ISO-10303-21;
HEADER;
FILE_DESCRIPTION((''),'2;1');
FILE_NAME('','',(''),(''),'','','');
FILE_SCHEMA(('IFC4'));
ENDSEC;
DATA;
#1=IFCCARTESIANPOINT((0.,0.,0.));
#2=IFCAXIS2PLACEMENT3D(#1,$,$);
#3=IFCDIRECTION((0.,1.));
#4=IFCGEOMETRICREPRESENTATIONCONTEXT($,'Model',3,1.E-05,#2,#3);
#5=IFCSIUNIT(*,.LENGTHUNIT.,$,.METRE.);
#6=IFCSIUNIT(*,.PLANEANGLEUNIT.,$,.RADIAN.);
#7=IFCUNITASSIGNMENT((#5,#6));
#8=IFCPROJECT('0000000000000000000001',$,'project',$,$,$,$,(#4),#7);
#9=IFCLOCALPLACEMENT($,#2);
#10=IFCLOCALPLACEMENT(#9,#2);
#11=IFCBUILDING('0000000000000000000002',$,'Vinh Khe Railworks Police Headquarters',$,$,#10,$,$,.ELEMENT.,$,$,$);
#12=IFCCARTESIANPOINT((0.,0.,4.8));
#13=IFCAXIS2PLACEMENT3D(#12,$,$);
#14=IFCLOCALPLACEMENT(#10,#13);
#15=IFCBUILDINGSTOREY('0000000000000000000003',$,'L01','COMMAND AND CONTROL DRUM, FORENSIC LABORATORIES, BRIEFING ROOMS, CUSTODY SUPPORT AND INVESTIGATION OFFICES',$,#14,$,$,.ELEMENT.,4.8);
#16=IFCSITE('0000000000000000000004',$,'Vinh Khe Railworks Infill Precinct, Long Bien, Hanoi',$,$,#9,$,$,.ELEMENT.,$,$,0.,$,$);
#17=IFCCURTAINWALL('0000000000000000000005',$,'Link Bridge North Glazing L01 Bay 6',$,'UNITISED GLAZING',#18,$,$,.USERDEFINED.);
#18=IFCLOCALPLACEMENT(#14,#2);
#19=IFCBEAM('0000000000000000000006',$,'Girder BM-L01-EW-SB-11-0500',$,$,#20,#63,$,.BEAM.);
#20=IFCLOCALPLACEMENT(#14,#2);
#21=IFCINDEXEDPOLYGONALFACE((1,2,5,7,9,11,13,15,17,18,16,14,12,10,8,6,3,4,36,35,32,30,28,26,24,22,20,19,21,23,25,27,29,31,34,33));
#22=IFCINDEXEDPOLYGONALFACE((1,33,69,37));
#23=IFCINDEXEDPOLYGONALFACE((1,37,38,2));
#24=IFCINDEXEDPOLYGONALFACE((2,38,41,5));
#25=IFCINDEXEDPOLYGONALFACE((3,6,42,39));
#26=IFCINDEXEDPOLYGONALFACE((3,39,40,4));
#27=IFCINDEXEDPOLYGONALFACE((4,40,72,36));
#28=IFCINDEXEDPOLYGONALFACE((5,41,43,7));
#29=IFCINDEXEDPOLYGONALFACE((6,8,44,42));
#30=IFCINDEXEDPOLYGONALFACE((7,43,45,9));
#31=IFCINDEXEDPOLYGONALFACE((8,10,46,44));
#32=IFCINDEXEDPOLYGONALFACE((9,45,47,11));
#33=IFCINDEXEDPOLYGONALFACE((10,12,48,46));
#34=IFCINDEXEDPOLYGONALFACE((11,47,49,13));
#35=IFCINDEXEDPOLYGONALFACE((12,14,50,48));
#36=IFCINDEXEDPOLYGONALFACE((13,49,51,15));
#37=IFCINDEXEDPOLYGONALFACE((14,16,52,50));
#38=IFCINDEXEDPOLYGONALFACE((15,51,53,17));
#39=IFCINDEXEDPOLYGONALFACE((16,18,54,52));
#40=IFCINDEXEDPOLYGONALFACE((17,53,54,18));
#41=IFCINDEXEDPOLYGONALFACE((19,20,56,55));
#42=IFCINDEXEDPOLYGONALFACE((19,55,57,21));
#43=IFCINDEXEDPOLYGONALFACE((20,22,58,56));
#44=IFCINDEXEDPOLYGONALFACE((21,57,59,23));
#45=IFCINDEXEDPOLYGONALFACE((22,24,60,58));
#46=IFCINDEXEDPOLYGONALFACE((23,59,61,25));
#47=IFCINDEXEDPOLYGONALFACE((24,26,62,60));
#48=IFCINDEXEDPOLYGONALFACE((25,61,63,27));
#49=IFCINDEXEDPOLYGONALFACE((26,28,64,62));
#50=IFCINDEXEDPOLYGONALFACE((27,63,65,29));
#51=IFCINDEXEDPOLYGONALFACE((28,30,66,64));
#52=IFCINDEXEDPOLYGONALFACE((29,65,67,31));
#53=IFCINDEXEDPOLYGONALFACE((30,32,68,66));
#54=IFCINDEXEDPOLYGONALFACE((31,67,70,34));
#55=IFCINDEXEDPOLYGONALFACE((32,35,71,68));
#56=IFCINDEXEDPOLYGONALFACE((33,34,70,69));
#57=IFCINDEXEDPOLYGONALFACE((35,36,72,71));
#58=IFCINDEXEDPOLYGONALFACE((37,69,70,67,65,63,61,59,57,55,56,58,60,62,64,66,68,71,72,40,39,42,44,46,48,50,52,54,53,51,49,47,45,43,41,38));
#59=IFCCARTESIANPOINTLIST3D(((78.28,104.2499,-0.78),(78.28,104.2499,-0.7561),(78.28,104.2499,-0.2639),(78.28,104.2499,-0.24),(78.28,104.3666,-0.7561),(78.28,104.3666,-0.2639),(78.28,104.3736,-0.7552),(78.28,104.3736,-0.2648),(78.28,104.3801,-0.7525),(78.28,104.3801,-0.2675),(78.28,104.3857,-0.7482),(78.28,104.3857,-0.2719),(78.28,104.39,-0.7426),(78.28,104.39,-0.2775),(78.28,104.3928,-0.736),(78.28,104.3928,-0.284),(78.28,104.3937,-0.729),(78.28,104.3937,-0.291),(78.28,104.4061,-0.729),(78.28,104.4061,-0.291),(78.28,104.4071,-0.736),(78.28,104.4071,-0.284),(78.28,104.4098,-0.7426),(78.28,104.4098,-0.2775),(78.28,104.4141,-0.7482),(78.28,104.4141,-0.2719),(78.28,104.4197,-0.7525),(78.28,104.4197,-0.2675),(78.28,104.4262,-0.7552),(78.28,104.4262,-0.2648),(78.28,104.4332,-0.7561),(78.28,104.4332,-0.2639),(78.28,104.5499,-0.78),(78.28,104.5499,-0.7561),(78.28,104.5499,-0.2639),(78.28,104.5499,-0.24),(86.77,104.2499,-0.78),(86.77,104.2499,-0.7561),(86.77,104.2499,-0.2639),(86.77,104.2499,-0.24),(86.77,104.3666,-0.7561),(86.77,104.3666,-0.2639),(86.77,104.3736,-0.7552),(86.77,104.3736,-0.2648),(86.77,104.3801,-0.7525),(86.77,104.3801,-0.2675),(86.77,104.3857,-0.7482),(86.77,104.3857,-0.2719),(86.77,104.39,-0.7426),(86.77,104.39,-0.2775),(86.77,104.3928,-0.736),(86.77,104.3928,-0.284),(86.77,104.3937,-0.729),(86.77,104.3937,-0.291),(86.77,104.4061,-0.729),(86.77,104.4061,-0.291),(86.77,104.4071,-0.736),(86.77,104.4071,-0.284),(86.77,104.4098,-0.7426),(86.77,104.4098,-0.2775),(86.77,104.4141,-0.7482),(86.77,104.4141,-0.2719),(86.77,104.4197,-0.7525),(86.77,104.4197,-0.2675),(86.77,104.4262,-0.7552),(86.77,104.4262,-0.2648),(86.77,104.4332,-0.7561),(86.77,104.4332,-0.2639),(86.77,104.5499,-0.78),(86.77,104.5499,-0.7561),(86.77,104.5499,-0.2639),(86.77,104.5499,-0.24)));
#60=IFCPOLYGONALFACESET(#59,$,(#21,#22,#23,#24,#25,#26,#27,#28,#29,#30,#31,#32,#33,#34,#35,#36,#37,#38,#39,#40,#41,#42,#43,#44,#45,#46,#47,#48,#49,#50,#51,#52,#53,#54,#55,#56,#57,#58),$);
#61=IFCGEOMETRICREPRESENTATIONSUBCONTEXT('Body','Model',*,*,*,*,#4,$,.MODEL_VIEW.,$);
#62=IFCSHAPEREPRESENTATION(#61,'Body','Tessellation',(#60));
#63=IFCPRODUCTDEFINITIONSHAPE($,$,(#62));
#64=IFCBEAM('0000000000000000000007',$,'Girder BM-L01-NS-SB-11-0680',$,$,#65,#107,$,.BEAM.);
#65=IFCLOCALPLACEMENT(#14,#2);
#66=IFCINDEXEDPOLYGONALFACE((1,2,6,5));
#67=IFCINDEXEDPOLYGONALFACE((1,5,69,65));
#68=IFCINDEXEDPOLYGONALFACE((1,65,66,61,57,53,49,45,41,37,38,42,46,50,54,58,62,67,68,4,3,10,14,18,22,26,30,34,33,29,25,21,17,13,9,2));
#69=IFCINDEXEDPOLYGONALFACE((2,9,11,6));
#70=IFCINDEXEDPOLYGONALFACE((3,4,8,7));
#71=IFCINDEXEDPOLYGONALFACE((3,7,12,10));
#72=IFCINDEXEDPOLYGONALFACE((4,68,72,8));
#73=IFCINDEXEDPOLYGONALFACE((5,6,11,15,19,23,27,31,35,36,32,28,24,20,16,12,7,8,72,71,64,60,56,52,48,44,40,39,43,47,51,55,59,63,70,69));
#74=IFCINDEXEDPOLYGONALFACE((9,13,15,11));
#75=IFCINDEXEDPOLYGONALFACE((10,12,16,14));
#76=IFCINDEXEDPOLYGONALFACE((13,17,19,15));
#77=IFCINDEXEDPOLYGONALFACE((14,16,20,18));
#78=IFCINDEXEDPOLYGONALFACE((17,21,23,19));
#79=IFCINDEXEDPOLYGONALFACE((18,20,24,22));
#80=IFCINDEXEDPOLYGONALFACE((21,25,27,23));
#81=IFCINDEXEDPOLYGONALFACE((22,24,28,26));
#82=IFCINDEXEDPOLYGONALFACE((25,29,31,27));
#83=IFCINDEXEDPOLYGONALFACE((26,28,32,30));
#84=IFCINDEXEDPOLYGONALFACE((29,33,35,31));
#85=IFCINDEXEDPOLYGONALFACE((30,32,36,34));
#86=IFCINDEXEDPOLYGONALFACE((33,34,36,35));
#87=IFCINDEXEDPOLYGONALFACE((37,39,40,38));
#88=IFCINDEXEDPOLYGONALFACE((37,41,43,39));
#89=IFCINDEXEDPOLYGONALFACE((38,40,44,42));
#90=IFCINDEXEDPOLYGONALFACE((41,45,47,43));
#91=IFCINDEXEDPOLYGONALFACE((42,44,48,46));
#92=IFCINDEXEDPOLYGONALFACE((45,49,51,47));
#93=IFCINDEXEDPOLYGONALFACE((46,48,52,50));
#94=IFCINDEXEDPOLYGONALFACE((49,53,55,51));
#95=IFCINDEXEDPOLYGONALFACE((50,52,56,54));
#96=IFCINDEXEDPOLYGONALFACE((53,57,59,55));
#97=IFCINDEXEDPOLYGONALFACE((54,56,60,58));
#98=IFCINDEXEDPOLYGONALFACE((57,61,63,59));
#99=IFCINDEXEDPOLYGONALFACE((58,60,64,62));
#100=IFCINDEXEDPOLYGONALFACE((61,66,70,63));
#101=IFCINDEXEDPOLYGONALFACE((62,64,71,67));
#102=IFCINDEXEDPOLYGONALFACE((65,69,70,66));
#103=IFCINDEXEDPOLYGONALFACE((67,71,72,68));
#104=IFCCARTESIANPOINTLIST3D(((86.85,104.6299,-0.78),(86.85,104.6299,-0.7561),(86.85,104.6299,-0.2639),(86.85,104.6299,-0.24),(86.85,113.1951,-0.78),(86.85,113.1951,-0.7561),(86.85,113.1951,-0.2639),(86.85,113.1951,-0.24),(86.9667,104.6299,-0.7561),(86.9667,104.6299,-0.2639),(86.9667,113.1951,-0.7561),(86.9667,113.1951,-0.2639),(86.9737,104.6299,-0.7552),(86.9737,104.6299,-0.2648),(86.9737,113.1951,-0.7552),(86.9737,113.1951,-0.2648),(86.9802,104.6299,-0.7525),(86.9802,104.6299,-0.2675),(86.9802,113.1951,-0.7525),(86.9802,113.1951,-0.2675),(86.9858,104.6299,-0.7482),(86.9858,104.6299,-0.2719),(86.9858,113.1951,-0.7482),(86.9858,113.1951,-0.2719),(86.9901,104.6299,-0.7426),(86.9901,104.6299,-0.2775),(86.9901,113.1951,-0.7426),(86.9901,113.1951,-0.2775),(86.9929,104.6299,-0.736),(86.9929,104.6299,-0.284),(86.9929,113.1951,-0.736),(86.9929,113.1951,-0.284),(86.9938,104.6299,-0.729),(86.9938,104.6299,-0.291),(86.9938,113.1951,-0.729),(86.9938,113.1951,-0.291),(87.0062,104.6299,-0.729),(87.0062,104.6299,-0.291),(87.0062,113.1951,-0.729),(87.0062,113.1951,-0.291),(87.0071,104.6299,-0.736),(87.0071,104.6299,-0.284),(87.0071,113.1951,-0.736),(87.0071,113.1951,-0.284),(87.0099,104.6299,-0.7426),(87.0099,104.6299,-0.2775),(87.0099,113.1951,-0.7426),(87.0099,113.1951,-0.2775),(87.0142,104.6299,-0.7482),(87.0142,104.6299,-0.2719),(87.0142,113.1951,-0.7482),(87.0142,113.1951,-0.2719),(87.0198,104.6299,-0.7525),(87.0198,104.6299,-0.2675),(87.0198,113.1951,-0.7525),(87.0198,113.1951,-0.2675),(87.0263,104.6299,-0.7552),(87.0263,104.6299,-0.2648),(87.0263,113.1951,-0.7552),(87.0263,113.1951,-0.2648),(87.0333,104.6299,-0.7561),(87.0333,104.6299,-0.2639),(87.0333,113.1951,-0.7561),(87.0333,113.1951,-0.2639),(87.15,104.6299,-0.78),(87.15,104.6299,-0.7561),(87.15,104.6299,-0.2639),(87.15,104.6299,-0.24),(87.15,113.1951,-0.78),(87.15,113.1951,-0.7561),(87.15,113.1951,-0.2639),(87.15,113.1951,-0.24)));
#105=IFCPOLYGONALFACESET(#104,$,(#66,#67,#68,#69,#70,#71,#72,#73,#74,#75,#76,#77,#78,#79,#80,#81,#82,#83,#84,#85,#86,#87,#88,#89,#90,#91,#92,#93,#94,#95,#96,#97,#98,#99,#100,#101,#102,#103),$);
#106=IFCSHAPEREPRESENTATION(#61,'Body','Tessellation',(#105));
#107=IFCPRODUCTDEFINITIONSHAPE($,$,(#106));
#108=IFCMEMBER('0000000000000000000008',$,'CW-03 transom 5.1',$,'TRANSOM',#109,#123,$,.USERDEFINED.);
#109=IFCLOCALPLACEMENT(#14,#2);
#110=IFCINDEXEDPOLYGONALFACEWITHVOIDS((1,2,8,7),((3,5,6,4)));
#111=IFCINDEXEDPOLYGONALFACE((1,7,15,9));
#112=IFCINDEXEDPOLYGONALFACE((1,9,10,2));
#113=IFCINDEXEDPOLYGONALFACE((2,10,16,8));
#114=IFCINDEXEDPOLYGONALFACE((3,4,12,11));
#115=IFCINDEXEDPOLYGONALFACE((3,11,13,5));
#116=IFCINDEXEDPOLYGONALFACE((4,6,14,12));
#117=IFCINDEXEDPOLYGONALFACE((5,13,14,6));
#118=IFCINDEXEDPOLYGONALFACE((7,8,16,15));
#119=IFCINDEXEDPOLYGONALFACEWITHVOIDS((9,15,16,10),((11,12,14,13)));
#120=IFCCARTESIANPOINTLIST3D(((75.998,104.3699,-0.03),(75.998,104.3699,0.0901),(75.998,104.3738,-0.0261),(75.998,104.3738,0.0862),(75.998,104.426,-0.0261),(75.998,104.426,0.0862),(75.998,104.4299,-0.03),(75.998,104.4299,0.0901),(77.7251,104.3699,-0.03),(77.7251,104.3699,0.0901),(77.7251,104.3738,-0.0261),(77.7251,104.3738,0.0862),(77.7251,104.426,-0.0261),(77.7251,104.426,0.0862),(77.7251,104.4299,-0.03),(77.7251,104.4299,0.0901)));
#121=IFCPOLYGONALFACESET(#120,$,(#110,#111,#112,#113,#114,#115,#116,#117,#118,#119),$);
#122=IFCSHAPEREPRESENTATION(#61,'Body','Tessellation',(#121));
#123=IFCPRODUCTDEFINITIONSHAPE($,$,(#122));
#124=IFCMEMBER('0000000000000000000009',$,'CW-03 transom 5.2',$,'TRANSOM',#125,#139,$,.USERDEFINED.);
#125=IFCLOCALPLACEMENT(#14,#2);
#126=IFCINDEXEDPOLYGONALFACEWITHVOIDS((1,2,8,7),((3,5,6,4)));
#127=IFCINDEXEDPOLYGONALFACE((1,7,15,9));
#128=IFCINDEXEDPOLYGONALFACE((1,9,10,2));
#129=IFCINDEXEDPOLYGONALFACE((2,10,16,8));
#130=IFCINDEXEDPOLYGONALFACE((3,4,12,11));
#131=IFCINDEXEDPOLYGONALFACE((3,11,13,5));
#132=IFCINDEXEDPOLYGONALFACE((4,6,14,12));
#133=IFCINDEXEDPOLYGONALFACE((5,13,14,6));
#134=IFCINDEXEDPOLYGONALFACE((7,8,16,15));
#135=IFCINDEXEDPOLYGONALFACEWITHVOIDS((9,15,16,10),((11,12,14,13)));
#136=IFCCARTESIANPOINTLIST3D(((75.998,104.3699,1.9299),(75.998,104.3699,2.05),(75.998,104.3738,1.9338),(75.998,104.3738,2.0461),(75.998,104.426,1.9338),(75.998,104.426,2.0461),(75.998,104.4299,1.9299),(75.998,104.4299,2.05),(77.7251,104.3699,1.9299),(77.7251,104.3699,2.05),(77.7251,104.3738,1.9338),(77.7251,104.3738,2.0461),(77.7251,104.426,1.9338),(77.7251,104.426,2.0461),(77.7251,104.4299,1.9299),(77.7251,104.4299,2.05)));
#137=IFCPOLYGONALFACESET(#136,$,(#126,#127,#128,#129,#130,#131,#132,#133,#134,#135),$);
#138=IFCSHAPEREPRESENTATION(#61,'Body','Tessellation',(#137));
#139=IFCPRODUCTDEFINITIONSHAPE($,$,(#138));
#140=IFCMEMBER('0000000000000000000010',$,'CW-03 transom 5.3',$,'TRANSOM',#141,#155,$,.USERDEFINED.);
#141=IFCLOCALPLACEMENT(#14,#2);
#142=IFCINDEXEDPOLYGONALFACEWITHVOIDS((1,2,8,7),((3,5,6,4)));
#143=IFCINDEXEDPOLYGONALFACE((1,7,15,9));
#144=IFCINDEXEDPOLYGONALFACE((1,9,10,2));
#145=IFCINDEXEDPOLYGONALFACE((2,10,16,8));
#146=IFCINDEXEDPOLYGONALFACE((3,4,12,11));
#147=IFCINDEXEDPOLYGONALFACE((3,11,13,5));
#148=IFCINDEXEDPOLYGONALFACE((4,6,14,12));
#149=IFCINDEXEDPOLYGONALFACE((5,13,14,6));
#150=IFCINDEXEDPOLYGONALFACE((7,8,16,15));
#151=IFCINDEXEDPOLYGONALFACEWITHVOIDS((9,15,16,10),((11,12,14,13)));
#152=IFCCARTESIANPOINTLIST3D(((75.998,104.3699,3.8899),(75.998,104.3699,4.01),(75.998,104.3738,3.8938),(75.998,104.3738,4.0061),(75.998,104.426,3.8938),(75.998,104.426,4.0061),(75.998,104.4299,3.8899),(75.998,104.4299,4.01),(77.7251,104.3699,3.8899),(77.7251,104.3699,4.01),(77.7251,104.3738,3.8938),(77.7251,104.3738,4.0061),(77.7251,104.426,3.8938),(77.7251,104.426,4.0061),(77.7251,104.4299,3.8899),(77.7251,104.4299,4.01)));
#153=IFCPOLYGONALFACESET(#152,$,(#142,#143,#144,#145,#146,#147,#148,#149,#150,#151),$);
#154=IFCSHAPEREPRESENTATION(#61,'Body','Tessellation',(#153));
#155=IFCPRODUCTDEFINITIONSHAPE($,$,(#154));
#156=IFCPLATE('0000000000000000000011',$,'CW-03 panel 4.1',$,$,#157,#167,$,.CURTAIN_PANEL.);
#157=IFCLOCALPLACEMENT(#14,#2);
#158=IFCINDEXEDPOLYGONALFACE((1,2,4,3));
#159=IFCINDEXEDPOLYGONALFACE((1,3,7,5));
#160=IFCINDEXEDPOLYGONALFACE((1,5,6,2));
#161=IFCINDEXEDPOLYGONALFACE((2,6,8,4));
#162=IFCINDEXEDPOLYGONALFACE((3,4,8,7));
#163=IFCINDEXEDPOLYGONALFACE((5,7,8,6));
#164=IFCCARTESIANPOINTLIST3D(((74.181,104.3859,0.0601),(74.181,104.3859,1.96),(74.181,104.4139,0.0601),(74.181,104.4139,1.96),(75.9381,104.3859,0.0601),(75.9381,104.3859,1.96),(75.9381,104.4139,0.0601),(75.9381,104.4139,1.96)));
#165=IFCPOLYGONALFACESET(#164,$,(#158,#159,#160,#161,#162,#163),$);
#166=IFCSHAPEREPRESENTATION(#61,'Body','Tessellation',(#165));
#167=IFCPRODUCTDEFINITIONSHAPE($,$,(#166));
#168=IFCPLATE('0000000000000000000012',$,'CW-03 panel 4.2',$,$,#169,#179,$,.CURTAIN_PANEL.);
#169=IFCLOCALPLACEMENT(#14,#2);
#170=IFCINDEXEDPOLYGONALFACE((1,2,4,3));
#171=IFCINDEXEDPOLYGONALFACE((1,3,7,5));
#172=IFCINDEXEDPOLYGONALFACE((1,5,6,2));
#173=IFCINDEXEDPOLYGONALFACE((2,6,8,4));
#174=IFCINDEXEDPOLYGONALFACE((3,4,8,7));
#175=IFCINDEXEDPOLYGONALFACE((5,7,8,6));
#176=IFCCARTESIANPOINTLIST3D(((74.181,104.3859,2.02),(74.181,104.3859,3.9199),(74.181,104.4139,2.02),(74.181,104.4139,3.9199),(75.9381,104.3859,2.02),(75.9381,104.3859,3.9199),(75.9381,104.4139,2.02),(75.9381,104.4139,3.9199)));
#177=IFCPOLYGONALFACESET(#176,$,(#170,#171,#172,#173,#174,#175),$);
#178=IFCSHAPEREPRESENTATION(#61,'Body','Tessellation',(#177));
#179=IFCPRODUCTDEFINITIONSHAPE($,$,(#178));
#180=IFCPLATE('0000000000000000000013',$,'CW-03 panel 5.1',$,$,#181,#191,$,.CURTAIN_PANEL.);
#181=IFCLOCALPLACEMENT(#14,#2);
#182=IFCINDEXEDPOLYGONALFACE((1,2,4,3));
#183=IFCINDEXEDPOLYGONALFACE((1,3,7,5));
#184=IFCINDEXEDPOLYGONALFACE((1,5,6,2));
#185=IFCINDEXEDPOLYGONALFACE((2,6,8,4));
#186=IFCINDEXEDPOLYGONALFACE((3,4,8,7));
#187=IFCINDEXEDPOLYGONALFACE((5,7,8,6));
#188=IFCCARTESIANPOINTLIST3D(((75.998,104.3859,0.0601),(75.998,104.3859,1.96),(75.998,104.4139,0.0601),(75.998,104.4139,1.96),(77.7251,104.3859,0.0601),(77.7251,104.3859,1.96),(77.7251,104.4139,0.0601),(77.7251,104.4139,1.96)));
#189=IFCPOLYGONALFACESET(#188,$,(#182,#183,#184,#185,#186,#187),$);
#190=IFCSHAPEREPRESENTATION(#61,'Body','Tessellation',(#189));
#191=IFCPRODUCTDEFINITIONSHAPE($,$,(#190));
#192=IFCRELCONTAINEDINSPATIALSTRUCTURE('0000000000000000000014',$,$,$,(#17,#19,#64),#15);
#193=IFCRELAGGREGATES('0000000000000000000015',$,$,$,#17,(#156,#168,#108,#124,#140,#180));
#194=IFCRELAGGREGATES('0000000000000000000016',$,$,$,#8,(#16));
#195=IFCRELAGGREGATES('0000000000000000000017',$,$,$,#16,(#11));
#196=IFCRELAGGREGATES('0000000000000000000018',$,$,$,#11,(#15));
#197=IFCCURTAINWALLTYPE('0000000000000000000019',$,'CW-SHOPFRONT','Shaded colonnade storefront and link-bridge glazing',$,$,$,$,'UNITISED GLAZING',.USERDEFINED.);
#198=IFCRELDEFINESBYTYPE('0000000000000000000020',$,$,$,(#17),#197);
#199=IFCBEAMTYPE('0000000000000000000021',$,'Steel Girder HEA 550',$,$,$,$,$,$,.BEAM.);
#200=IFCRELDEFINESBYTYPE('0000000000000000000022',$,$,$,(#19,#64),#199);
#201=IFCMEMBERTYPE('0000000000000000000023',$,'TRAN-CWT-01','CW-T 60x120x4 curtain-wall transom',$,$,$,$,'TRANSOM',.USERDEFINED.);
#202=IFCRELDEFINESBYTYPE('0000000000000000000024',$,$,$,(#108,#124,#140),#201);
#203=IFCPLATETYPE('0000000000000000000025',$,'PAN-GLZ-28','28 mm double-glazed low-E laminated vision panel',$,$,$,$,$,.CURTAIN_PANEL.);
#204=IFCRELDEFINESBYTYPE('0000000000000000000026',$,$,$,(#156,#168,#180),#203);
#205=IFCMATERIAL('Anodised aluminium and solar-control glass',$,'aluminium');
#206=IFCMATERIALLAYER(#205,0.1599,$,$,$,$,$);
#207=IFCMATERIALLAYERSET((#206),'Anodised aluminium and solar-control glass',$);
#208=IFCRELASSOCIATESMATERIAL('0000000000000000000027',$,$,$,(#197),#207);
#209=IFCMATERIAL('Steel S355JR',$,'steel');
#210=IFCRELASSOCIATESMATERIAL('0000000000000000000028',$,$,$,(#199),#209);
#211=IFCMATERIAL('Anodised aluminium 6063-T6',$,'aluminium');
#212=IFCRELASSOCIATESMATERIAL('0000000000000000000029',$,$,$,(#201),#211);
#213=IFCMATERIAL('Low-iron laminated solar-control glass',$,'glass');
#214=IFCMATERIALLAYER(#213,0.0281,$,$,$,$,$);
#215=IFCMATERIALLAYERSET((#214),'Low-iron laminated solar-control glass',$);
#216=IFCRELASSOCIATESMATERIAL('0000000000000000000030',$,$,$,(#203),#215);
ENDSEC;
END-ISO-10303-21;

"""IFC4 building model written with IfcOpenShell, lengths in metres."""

from ifc_helpers import new_model, si_unit, direction, frame, origin, origin_2d, place, context, subcontext, project, spatial, rectangle, hollow_rectangle, i_section, extrude, material, layer, layer_set, material_profile, profile_set, type_object, element, aggregate, save


model = new_model("IFC4")

# Units and contexts
model_context = context("Model", 3, precision=1e-05, world=origin(), true_north=direction((0.0, 1.0)))
body_context = subcontext(model_context, "Body", "Model", "MODEL_VIEW")
ifc_project = project(units=[si_unit("LENGTHUNIT", "METRE"), si_unit("PLANEANGLEUNIT", "RADIAN")], contexts=[model_context])

# Site, building, storey
site_placement = place(None, origin())
site = spatial("IfcSite", under=ifc_project, at=site_placement, Name="Vinh Khe Railworks Infill Precinct, Long Bien, Hanoi", CompositionType="ELEMENT", RefElevation=0.0)
building_placement = place(site_placement, origin())
building = spatial("IfcBuilding", under=site, at=building_placement, Name="Vinh Khe Railworks Police Headquarters", CompositionType="ELEMENT")
storey_placement = place(building_placement, frame((0.0, 0.0, 4.8)))
storey = spatial("IfcBuildingStorey", under=building, at=storey_placement, Name="L01", Description="COMMAND AND CONTROL DRUM, FORENSIC LABORATORIES, BRIEFING ROOMS, CUSTODY SUPPORT AND INVESTIGATION OFFICES", CompositionType="ELEMENT", Elevation=4.8)

# Shared definitions
ifc_material_1 = material(Name="Steel S355JR", Category="steel")

# Curtain wall
ifc_material_2 = material(Name="Anodised aluminium and solar-control glass", Category="aluminium")
ifc_layer_1 = layer(ifc_material_2, 0.1599)
ifc_layer_set_1 = layer_set([ifc_layer_1], Name="Anodised aluminium and solar-control glass")
curtain_wall_type = type_object("IfcCurtainWallType", Name="CW-SHOPFRONT", Description="Shaded colonnade storefront and link-bridge glazing", ElementType="UNITISED GLAZING", PredefinedType="USERDEFINED", material=ifc_layer_set_1)
curtain_wall_placement = place(storey_placement, origin())
curtain_wall = element("IfcCurtainWall", 1, at=curtain_wall_placement, inside=storey, type_object=curtain_wall_type, Name="Link Bridge North Glazing L01 Bay 6", ObjectType="UNITISED GLAZING", PredefinedType="USERDEFINED")
ifc_material_3 = material(Name="Anodised aluminium 6063-T6", Category="aluminium")

# Beams
ifc_material_profile_1 = material_profile(ifc_material_1, i_section(OverallWidth=0.3, OverallDepth=0.54, WebThickness=0.0125, FlangeThickness=0.0239, FilletRadius=0.0271, at=origin_2d()), Name="HEA 550")
ifc_profile_set_1 = profile_set([ifc_material_profile_1], Name="Steel S355JR")
beam_type_1 = type_object("IfcBeamType", Name="Steel Girder HEA 550", PredefinedType="BEAM", material=ifc_profile_set_1)
beam_1_placement = place(storey_placement, frame((78.28, 104.3999, -0.51), z_axis=(1.0, 0.0, 0.0), x_axis=(0.0, 1.0, 0.0)))
element("IfcBeam", 2, at=beam_1_placement, inside=storey, type_object=beam_type_1, Name="Girder BM-L01-EW-SB-11-0500", PredefinedType="BEAM", context=body_context, shape_type="SweptSolid", body=[
    extrude(i_section(OverallWidth=0.3, OverallDepth=0.54, WebThickness=0.0125, FlangeThickness=0.0239, FilletRadius=0.0271, at=origin_2d()), origin(), (0.0, 0.0, 1.0), 8.49),
])
beam_2_placement = place(storey_placement, frame((87.0, 104.6299, -0.51), z_axis=(0.0, 1.0, 0.0), x_axis=(-1.0, 0.0, 0.0)))
element("IfcBeam", 3, at=beam_2_placement, inside=storey, type_object=beam_type_1, Name="Girder BM-L01-NS-SB-11-0680", PredefinedType="BEAM", context=body_context, shape_type="SweptSolid", body=[
    extrude(i_section(OverallWidth=0.3, OverallDepth=0.54, WebThickness=0.0125, FlangeThickness=0.0239, FilletRadius=0.0271, at=origin_2d()), origin(), (0.0, 0.0, 1.0), 8.5652),
])

# Members
ifc_material_profile_2 = material_profile(ifc_material_3, hollow_rectangle(XDim=0.0601, YDim=0.1201, WallThickness=0.0039, at=origin_2d()), Name="CW-T 60x120x4")
ifc_profile_set_2 = profile_set([ifc_material_profile_2], Name="Anodised aluminium 6063-T6")
member_type_1 = type_object("IfcMemberType", Name="TRAN-CWT-01", Description="CW-T 60x120x4 curtain-wall transom", ElementType="TRANSOM", PredefinedType="USERDEFINED", material=ifc_profile_set_2)
member_1_placement = place(storey_placement, frame((75.998, 104.3999, 0.03), z_axis=(1.0, 0.0, 0.0), x_axis=(0.0, 1.0, 0.0)))
member_1 = element("IfcMember", 4, at=member_1_placement, type_object=member_type_1, Name="CW-03 transom 5.1", ObjectType="TRANSOM", PredefinedType="USERDEFINED", context=body_context, shape_type="SweptSolid", body=[
    extrude(hollow_rectangle(XDim=0.0601, YDim=0.1201, WallThickness=0.0039, at=origin_2d()), origin(), (0.0, 0.0, 1.0), 1.7271),
])
member_2_placement = place(storey_placement, frame((75.998, 104.3999, 1.99), z_axis=(1.0, 0.0, 0.0), x_axis=(0.0, 1.0, 0.0)))
member_2 = element("IfcMember", 5, at=member_2_placement, type_object=member_type_1, Name="CW-03 transom 5.2", ObjectType="TRANSOM", PredefinedType="USERDEFINED", context=body_context, shape_type="SweptSolid", body=[
    extrude(hollow_rectangle(XDim=0.0601, YDim=0.1201, WallThickness=0.0039, at=origin_2d()), origin(), (0.0, 0.0, 1.0), 1.7271),
])
member_3_placement = place(storey_placement, frame((75.998, 104.3999, 3.95), z_axis=(1.0, 0.0, 0.0), x_axis=(0.0, 1.0, 0.0)))
member_3 = element("IfcMember", 6, at=member_3_placement, type_object=member_type_1, Name="CW-03 transom 5.3", ObjectType="TRANSOM", PredefinedType="USERDEFINED", context=body_context, shape_type="SweptSolid", body=[
    extrude(hollow_rectangle(XDim=0.0601, YDim=0.1201, WallThickness=0.0039, at=origin_2d()), origin(), (0.0, 0.0, 1.0), 1.7271),
])

# Plates
ifc_material_4 = material(Name="Low-iron laminated solar-control glass", Category="glass")
ifc_layer_2 = layer(ifc_material_4, 0.0281)
ifc_layer_set_2 = layer_set([ifc_layer_2], Name="Low-iron laminated solar-control glass")
plate_type = type_object("IfcPlateType", Name="PAN-GLZ-28", Description="28 mm double-glazed low-E laminated vision panel", PredefinedType="CURTAIN_PANEL", material=ifc_layer_set_2)
plate_1_placement = place(storey_placement, frame((75.0596, 104.3999, 0.0601), z_axis=(0.0, 0.0, 1.0), x_axis=(1.0, 0.0, 0.0)))
plate_1 = element("IfcPlate", 7, at=plate_1_placement, type_object=plate_type, Name="CW-03 panel 4.1", PredefinedType="CURTAIN_PANEL", context=body_context, shape_type="SweptSolid", body=[
    extrude(rectangle(XDim=1.7571, YDim=0.0281, at=origin_2d()), origin(), (0.0, 0.0, 1.0), 1.8999),
])
plate_2_placement = place(storey_placement, frame((75.0596, 104.3999, 2.02), z_axis=(0.0, 0.0, 1.0), x_axis=(1.0, 0.0, 0.0)))
plate_2 = element("IfcPlate", 8, at=plate_2_placement, type_object=plate_type, Name="CW-03 panel 4.2", PredefinedType="CURTAIN_PANEL", context=body_context, shape_type="SweptSolid", body=[
    extrude(rectangle(XDim=1.7571, YDim=0.0281, at=origin_2d()), origin(), (0.0, 0.0, 1.0), 1.8999),
])
plate_3_placement = place(storey_placement, frame((76.8616, 104.3999, 0.0601), z_axis=(0.0, 0.0, 1.0), x_axis=(1.0, 0.0, 0.0)))
plate_3 = element("IfcPlate", 9, at=plate_3_placement, type_object=plate_type, Name="CW-03 panel 5.1", PredefinedType="CURTAIN_PANEL", context=body_context, shape_type="SweptSolid", body=[
    extrude(rectangle(XDim=1.7271, YDim=0.0281, at=origin_2d()), origin(), (0.0, 0.0, 1.0), 1.8999),
])
aggregate(curtain_wall, [plate_1, plate_2, member_1, member_2, member_3, plate_3])

save(model, "model.ifc")
